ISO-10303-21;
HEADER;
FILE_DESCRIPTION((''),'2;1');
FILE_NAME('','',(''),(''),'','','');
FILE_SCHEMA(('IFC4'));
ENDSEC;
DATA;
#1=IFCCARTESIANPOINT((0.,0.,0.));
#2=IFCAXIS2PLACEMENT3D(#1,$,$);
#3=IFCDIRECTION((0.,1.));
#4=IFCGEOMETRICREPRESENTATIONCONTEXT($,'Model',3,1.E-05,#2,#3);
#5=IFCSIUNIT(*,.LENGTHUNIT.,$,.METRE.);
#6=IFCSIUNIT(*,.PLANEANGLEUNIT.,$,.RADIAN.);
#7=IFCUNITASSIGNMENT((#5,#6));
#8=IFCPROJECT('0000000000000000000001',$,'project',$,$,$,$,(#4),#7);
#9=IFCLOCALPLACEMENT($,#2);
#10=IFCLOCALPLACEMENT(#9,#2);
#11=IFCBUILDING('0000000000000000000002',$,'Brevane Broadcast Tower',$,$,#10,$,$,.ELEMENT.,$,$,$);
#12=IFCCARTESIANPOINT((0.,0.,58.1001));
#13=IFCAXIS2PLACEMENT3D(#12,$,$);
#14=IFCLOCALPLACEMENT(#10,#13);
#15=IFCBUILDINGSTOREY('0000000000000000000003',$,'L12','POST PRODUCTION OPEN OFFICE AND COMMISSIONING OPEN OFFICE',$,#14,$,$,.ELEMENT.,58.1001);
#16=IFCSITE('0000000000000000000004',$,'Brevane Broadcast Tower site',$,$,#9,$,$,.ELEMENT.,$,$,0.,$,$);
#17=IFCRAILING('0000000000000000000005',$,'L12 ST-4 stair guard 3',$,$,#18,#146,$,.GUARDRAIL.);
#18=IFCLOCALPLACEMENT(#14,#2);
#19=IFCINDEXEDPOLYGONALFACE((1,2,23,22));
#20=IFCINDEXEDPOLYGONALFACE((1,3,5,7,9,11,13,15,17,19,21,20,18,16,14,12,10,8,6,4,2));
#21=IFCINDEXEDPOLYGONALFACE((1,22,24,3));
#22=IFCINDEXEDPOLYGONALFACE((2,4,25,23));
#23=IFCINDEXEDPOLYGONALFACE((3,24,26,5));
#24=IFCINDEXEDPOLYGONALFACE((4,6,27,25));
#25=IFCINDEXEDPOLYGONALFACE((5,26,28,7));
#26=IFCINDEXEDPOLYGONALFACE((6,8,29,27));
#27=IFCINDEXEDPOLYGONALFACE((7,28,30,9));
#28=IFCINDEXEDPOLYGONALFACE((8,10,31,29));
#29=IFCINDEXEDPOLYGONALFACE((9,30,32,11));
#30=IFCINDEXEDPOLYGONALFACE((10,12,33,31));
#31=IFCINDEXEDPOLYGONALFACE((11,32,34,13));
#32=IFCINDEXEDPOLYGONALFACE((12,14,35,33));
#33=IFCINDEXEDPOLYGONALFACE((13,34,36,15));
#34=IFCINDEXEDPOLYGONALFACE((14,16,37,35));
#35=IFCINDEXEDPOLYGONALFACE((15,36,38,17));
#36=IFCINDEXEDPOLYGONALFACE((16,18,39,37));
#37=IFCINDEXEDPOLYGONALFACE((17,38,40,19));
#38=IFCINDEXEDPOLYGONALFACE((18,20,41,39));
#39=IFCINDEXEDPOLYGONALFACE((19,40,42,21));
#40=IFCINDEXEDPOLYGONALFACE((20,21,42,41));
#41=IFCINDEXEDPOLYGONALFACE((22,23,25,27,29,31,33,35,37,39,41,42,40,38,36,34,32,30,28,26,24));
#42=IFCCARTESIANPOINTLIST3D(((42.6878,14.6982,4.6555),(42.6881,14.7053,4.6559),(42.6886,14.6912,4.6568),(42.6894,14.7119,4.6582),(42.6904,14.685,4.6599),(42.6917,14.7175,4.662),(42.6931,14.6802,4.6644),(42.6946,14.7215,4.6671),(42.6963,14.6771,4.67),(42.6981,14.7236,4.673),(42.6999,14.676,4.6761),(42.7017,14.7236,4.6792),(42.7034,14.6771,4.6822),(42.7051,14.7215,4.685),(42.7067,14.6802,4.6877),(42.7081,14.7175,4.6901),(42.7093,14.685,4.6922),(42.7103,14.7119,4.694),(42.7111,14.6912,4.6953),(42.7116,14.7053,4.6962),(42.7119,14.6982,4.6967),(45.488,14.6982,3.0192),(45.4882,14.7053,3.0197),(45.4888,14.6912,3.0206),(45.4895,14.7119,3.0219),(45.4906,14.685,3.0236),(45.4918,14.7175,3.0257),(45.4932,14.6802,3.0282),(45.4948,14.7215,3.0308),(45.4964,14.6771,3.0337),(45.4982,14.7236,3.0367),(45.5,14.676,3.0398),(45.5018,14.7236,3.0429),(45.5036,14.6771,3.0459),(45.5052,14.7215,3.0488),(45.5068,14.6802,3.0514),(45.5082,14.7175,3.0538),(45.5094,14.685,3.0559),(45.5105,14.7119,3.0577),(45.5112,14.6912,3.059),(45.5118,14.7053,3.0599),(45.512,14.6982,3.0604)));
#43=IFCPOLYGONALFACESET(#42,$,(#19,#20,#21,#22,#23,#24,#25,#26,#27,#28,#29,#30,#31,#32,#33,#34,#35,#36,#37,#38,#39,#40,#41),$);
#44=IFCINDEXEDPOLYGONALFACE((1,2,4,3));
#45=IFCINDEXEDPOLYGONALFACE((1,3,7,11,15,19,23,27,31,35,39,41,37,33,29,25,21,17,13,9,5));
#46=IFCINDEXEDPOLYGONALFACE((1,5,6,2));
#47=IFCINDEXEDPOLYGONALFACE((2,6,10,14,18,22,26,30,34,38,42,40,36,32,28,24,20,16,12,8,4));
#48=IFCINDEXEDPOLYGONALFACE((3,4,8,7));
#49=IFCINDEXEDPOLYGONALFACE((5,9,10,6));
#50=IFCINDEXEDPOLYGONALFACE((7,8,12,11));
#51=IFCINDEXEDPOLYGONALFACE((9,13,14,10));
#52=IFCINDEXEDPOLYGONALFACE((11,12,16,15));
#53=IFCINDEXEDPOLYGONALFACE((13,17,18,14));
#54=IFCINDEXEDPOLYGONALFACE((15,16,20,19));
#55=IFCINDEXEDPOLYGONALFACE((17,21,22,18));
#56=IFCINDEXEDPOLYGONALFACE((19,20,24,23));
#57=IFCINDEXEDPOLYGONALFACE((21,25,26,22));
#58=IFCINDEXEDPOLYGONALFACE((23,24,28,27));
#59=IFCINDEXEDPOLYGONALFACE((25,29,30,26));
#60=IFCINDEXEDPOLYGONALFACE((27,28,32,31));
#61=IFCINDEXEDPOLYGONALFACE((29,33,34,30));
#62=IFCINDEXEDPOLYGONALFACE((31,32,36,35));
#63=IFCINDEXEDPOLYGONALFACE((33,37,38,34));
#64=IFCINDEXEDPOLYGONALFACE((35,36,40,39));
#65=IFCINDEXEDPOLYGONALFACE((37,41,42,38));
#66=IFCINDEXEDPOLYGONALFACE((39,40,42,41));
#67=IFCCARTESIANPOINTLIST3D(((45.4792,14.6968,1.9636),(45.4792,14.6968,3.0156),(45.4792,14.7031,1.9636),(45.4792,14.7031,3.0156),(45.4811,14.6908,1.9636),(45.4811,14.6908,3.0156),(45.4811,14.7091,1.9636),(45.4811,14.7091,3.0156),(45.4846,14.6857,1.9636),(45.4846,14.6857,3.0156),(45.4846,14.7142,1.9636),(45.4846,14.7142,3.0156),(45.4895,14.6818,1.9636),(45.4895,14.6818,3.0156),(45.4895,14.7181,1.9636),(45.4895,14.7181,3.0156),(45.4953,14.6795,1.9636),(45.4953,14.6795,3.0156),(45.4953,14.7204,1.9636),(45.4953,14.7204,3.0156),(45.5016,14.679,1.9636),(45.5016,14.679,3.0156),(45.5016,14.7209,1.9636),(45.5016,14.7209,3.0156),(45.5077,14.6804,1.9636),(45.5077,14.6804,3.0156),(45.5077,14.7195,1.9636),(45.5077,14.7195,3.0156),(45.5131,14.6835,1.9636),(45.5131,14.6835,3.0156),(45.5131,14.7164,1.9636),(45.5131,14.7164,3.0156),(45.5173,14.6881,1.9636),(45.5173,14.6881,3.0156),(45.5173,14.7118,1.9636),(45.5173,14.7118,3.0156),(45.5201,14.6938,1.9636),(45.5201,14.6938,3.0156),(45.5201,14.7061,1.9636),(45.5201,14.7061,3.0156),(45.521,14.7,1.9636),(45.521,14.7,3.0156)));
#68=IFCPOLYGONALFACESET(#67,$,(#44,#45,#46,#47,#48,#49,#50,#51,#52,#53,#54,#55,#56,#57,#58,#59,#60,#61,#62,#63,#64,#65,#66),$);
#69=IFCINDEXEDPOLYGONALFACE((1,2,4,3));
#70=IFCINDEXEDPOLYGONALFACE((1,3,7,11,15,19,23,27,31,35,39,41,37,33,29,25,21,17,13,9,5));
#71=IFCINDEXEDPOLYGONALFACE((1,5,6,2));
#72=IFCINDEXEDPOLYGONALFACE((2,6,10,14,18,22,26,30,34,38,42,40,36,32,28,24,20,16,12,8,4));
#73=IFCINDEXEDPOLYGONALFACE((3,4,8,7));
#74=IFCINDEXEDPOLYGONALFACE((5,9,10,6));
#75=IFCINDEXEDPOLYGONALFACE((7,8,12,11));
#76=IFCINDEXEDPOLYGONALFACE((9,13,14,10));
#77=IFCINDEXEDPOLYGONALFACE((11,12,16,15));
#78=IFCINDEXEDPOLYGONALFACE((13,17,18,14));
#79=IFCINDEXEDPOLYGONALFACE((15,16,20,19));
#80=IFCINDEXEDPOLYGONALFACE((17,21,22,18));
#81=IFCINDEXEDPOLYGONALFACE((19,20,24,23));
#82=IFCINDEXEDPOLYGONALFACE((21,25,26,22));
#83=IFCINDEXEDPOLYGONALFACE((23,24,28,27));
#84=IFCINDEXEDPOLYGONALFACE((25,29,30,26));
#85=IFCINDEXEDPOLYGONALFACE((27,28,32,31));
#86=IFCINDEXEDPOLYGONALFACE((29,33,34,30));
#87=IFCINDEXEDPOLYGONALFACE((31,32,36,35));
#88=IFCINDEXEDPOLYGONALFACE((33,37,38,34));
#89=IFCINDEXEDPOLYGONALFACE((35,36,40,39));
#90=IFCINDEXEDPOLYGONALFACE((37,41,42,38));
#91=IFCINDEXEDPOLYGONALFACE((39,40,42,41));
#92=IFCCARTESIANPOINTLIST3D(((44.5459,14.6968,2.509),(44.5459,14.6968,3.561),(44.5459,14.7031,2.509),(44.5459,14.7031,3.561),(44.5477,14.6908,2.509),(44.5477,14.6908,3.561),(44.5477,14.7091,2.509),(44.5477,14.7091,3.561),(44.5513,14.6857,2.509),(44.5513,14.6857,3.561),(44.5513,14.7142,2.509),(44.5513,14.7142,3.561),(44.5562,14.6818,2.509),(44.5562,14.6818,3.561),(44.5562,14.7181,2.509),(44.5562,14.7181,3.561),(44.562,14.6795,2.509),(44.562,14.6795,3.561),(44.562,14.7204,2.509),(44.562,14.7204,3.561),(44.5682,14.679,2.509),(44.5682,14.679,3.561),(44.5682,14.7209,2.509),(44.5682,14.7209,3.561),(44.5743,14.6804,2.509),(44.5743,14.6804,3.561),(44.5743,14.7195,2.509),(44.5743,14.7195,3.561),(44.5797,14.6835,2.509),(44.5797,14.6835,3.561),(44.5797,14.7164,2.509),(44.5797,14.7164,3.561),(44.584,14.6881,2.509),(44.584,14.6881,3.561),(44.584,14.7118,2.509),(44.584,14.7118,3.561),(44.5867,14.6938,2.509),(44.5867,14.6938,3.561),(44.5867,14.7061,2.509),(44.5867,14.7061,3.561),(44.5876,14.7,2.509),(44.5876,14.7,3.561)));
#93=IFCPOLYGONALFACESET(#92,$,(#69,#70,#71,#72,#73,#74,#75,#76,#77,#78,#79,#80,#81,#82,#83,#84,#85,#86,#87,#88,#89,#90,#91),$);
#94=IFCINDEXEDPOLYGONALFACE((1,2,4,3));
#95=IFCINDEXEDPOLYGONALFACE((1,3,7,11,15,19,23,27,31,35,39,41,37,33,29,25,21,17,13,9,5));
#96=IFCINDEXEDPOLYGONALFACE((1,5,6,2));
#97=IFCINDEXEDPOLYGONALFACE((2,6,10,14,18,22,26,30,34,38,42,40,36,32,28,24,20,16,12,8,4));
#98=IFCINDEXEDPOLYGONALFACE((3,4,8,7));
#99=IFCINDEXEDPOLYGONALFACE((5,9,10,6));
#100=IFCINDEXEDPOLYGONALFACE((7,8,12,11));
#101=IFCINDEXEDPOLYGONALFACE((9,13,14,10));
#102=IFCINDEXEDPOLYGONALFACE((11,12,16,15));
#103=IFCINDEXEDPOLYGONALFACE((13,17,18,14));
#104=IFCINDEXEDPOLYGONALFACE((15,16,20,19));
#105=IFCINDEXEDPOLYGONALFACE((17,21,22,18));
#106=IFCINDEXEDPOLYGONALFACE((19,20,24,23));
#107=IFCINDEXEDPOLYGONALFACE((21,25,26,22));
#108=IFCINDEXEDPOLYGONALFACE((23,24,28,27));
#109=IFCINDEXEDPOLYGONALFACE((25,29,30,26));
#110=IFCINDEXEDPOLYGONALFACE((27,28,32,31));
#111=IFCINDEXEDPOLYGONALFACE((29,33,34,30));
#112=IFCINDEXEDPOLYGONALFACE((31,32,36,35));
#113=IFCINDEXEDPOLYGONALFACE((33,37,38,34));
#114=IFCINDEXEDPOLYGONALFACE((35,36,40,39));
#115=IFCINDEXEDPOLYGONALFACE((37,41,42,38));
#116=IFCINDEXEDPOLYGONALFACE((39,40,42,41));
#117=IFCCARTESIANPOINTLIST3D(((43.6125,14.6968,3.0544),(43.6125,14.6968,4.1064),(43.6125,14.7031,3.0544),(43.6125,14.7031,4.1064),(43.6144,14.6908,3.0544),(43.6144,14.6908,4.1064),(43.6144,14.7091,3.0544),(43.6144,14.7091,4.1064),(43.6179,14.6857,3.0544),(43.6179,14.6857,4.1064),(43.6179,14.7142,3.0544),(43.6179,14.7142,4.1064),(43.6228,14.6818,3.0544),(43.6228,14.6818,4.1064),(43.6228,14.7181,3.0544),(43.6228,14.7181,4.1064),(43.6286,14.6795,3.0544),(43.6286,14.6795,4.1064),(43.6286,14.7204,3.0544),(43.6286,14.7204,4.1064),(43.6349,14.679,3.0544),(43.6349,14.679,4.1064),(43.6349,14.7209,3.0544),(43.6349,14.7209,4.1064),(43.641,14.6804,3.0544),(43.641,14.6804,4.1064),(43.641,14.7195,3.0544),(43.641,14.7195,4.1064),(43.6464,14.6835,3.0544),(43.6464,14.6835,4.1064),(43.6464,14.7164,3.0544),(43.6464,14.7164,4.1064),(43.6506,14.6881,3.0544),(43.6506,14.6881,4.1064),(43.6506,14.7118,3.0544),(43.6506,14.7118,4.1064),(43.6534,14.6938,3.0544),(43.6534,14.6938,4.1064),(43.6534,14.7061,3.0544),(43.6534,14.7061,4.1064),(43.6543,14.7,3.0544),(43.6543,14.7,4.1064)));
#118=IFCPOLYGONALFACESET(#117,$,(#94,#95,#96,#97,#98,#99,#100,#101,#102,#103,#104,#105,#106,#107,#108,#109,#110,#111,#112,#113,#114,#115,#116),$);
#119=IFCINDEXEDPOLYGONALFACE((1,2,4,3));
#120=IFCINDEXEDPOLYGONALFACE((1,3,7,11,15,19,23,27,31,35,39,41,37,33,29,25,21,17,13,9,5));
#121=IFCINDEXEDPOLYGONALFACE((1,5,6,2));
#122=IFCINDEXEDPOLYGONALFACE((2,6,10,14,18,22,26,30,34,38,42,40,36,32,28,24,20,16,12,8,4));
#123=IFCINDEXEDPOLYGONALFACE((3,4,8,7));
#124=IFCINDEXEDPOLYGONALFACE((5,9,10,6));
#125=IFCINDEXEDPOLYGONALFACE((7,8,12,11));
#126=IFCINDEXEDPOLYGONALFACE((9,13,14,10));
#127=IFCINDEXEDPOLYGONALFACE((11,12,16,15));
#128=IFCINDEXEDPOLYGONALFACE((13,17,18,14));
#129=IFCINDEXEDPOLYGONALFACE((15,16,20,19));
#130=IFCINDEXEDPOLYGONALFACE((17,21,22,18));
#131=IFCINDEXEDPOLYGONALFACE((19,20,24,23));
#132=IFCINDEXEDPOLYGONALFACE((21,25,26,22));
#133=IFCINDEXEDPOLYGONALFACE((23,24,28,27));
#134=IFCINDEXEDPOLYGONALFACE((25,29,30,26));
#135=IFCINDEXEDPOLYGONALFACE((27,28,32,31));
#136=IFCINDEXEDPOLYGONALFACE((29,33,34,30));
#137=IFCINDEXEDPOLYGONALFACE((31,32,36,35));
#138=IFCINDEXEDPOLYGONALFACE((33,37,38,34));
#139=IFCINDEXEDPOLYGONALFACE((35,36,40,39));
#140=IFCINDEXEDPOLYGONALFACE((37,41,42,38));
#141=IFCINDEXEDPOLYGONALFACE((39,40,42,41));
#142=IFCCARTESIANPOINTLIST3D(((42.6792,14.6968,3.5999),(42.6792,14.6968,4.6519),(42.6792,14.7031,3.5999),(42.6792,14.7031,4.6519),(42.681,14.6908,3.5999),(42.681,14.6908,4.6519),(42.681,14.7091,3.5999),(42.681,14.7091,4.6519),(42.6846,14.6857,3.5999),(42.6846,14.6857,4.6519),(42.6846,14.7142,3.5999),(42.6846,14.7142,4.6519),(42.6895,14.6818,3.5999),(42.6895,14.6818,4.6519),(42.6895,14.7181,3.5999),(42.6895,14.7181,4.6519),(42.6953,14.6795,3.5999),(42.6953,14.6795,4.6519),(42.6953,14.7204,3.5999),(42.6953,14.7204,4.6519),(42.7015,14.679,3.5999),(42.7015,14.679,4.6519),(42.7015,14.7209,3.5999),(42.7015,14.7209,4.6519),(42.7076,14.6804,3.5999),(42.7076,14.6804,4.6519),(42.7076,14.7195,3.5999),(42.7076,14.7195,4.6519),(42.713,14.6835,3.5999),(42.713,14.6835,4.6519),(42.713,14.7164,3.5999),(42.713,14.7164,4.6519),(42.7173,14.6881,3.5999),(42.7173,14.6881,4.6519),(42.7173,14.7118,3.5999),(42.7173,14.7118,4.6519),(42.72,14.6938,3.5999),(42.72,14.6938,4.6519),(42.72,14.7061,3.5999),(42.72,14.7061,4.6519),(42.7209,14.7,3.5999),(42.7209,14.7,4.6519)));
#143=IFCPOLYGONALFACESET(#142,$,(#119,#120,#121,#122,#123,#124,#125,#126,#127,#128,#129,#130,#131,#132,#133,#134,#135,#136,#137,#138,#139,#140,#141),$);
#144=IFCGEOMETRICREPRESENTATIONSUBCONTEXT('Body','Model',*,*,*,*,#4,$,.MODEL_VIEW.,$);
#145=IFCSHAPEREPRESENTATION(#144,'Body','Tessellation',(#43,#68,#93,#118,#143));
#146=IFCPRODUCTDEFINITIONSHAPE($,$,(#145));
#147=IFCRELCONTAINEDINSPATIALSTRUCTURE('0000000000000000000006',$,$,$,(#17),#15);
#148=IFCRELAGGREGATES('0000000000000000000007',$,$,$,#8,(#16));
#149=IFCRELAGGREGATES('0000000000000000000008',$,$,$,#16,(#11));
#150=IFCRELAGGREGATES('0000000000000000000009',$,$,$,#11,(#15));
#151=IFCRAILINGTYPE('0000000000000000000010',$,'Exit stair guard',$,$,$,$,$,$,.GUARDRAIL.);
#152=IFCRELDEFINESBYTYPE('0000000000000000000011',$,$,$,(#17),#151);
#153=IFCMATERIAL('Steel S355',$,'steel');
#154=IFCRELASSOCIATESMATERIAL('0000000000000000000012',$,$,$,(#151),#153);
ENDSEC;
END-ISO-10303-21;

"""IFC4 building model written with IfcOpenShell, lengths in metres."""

from ifc_helpers import new_model, si_unit, direction, frame, origin, origin_2d, place, context, subcontext, project, spatial, circle, extrude, material, type_object, element, save


model = new_model("IFC4")

# Units and contexts
model_context = context("Model", 3, precision=1e-05, world=origin(), true_north=direction((0.0, 1.0)))
body_context = subcontext(model_context, "Body", "Model", "MODEL_VIEW")
ifc_project = project(units=[si_unit("LENGTHUNIT", "METRE"), si_unit("PLANEANGLEUNIT", "RADIAN")], contexts=[model_context])

# Site, building, storey
site_placement = place(None, origin())
site = spatial("IfcSite", under=ifc_project, at=site_placement, Name="Brevane Broadcast Tower site", CompositionType="ELEMENT", RefElevation=0.0)
building_placement = place(site_placement, origin())
building = spatial("IfcBuilding", under=site, at=building_placement, Name="Brevane Broadcast Tower", CompositionType="ELEMENT")
storey_placement = place(building_placement, frame((0.0, 0.0, 58.1001)))
storey = spatial("IfcBuildingStorey", under=building, at=storey_placement, Name="L12", Description="POST PRODUCTION OPEN OFFICE AND COMMISSIONING OPEN OFFICE", CompositionType="ELEMENT", Elevation=58.1001)

# Railing
ifc_material_1 = material(Name="Steel S355", Category="steel")
railing_type_1 = type_object("IfcRailingType", Name="Exit stair guard", PredefinedType="GUARDRAIL", material=ifc_material_1)
railing_1_placement = place(storey_placement, frame((45.5, 14.7, 1.9636)))
element("IfcRailing", 1, at=railing_1_placement, inside=storey, type_object=railing_type_1, Name="L12 ST-4 stair guard 3", PredefinedType="GUARDRAIL", context=body_context, shape_type="SweptSolid", body=[
    extrude(circle(Radius=0.0239, at=origin_2d()), frame((0.0, 0.0, 1.0762), z_axis=(-0.863394, 0.0, 0.504531), x_axis=(0.0, -1.0, 0.0)), (0.0, 0.0, 1.0), 3.2432),
    extrude(circle(Radius=0.021, at=origin_2d()), origin(), (0.0, 0.0, 1.0), 1.052),
    extrude(circle(Radius=0.021, at=origin_2d()), frame((-0.9333, 0.0, 0.5454)), (0.0, 0.0, 1.0), 1.052),
    extrude(circle(Radius=0.021, at=origin_2d()), frame((-1.8667, 0.0, 1.0908)), (0.0, 0.0, 1.0), 1.052),
    extrude(circle(Radius=0.021, at=origin_2d()), frame((-2.8, 0.0, 1.6362)), (0.0, 0.0, 1.0), 1.052),
])

save(model, "model.ifc")
